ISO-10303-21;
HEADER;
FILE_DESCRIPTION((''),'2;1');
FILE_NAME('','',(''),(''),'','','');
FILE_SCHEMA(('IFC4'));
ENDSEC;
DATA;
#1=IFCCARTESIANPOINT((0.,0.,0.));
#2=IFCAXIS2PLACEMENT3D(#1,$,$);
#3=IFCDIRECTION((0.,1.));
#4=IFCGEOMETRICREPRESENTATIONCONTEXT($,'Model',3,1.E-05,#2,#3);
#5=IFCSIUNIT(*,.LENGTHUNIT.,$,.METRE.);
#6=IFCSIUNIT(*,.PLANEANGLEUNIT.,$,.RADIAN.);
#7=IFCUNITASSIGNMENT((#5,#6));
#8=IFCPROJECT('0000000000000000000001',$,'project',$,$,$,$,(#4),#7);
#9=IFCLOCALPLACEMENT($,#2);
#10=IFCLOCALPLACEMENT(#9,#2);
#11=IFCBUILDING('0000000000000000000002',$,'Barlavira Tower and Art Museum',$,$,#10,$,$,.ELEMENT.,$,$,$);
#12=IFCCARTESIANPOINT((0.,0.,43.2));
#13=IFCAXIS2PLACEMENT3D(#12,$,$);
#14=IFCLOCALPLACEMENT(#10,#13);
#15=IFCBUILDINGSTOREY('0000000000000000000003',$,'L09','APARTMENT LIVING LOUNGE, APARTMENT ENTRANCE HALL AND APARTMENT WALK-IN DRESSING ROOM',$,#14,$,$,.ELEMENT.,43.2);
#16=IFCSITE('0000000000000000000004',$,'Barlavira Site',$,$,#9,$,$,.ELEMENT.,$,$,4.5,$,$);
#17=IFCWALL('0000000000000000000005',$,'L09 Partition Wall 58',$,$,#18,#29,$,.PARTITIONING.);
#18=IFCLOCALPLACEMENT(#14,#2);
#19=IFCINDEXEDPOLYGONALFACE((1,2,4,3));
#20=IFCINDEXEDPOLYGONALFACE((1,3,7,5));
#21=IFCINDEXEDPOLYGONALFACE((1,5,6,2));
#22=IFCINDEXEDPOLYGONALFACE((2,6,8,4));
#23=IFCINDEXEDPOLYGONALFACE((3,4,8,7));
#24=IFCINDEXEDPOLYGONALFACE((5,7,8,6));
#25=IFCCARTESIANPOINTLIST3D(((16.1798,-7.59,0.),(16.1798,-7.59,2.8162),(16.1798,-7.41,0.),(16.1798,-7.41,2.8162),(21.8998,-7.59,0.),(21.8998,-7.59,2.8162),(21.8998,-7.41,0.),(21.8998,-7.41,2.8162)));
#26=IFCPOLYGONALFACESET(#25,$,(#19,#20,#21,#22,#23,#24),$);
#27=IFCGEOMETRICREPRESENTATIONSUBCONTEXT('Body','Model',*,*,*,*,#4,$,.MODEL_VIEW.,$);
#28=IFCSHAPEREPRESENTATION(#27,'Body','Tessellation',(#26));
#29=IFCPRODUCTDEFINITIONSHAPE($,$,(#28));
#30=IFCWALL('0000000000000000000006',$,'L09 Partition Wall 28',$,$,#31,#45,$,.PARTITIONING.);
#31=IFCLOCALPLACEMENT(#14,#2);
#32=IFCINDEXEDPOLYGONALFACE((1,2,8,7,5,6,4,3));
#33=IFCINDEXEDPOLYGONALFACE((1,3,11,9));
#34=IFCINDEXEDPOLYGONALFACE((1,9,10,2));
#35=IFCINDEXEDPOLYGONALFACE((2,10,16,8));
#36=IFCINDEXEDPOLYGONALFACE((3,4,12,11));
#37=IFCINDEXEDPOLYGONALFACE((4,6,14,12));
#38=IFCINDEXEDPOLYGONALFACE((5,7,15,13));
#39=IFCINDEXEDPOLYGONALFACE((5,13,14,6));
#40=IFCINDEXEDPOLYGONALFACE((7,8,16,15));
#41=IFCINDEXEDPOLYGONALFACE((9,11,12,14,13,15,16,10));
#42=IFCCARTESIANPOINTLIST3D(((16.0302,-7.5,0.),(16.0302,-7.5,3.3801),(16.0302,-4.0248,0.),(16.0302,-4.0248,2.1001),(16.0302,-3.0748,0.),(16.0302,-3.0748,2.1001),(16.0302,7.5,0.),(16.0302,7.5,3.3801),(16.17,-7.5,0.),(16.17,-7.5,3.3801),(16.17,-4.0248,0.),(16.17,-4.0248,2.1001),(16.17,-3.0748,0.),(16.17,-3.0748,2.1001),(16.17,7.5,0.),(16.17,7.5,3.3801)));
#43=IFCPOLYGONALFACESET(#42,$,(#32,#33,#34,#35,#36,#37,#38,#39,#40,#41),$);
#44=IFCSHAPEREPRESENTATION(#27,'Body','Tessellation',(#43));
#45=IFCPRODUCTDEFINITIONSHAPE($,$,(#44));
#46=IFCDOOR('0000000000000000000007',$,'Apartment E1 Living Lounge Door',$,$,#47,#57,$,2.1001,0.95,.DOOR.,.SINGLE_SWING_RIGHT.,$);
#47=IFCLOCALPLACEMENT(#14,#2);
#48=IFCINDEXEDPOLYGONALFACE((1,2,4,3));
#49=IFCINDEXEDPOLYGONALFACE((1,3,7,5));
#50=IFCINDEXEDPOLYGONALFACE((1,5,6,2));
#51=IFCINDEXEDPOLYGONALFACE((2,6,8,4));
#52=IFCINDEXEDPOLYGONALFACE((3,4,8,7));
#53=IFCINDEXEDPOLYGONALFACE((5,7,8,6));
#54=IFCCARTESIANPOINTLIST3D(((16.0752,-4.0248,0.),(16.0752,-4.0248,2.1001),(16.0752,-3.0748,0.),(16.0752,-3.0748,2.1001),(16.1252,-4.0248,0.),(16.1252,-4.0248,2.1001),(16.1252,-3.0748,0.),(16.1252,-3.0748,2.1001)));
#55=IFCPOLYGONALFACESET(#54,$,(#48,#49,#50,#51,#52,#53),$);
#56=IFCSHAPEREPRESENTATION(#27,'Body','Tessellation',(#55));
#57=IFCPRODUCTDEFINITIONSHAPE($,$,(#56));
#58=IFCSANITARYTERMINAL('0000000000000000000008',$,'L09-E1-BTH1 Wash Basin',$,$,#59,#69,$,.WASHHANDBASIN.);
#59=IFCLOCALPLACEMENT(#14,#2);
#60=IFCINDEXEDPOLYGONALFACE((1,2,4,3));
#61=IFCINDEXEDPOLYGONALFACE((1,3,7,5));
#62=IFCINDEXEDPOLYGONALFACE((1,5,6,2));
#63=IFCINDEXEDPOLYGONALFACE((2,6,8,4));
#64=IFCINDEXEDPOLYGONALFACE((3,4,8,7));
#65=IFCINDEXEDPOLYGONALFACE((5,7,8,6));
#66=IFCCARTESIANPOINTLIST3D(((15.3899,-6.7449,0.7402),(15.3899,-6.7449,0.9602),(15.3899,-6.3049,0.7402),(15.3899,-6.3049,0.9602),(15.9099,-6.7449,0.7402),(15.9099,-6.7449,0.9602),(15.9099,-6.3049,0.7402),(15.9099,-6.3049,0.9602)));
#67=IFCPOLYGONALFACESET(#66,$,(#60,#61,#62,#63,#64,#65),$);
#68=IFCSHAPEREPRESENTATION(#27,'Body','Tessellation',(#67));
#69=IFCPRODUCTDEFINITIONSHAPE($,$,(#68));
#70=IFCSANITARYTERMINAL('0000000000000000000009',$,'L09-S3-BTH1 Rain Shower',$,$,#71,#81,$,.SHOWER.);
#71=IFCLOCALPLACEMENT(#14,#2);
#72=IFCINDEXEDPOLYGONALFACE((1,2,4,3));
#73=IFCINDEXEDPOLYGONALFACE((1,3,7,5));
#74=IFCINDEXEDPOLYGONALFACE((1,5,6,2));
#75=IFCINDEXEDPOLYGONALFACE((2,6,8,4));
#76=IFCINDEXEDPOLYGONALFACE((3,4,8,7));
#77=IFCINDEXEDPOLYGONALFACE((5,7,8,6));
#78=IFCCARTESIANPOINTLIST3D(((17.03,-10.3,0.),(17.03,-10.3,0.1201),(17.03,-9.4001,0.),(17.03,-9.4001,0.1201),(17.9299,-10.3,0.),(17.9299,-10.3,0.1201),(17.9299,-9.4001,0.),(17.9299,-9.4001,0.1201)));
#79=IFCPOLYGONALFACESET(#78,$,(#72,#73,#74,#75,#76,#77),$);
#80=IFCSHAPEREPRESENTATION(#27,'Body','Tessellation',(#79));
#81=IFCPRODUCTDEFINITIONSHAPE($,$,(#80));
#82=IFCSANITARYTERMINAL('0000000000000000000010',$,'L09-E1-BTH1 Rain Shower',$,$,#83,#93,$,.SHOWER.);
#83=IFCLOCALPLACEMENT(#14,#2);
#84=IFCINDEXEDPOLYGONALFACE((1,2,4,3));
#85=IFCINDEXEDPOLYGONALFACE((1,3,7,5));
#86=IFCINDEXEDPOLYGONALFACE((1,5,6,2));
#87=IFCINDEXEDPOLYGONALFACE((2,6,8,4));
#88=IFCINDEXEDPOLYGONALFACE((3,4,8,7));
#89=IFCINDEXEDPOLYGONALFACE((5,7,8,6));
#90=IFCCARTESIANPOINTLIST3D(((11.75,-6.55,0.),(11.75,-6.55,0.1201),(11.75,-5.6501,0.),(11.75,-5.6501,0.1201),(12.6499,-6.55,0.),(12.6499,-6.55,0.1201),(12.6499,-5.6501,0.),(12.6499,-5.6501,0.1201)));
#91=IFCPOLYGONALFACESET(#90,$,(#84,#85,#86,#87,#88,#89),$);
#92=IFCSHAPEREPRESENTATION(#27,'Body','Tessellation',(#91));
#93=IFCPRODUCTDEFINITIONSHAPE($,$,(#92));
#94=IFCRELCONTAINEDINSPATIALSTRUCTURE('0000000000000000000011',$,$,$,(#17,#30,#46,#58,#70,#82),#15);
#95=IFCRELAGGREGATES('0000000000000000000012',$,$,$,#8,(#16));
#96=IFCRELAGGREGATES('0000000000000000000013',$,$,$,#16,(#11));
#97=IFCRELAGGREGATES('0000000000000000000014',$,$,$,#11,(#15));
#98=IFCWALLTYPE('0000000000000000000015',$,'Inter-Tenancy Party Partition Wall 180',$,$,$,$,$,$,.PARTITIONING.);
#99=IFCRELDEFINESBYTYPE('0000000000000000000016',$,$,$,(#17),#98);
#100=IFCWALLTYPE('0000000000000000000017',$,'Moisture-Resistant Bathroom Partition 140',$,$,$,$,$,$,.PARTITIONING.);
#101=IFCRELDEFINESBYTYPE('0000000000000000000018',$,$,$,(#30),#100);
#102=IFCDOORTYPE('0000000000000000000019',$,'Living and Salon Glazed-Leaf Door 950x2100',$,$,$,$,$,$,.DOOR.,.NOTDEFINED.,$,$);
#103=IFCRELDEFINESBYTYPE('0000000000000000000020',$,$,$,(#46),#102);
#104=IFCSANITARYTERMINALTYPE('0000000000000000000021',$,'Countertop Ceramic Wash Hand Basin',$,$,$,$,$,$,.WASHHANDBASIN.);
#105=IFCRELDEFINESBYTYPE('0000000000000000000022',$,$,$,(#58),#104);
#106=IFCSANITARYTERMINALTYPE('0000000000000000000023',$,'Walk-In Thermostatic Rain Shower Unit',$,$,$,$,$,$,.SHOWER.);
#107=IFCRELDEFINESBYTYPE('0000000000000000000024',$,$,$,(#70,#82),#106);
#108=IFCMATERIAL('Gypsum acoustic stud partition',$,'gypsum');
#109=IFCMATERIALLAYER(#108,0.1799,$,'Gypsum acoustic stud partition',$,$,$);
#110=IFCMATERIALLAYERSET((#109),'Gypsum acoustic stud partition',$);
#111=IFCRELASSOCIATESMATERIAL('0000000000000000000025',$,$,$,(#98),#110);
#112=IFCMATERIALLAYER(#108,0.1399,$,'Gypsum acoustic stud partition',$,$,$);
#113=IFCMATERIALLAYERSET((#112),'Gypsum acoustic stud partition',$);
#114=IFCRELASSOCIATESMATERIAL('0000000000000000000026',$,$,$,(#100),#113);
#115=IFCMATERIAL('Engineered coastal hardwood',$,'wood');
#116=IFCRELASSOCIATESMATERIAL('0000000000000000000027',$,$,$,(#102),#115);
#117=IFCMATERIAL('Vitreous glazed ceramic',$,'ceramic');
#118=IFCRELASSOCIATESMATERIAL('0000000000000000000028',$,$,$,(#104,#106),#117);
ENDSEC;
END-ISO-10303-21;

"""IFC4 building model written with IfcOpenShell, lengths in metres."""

from ifc_helpers import new_model, si_unit, direction, frame, frame_2d, origin, origin_2d, place, context, subcontext, project, spatial, rectangle, extrude, material, layer, layer_set, type_object, element, fill, save


model = new_model("IFC4")

# Units and contexts
model_context = context("Model", 3, precision=1e-05, world=origin(), true_north=direction((0.0, 1.0)))
body_context = subcontext(model_context, "Body", "Model", "MODEL_VIEW")
ifc_project = project(units=[si_unit("LENGTHUNIT", "METRE"), si_unit("PLANEANGLEUNIT", "RADIAN")], contexts=[model_context])

# Site, building, storey
site_placement = place(None, origin())
site = spatial("IfcSite", under=ifc_project, at=site_placement, Name="Barlavira Site", CompositionType="ELEMENT", RefElevation=4.5)
building_placement = place(site_placement, origin())
building = spatial("IfcBuilding", under=site, at=building_placement, Name="Barlavira Tower and Art Museum", CompositionType="ELEMENT")
storey_placement = place(building_placement, frame((0.0, 0.0, 43.2)))
storey = spatial("IfcBuildingStorey", under=building, at=storey_placement, Name="L09", Description="APARTMENT LIVING LOUNGE, APARTMENT ENTRANCE HALL AND APARTMENT WALK-IN DRESSING ROOM", CompositionType="ELEMENT", Elevation=43.2)

# Shared definitions
ifc_material_1 = material(Name="Gypsum acoustic stud partition", Category="gypsum")
ifc_layer_1 = layer(ifc_material_1, 0.1799, Name="Gypsum acoustic stud partition")
ifc_layer_set_1 = layer_set([ifc_layer_1], Name="Gypsum acoustic stud partition")
wall_type_1 = type_object("IfcWallType", Name="Inter-Tenancy Party Partition Wall 180", PredefinedType="PARTITIONING", material=ifc_layer_set_1)

# Wall
wall_1_placement = place(storey_placement, frame((16.1799, -7.5, 0.0), z_axis=(0.0, 0.0, 1.0), x_axis=(1.0, 0.0, 0.0)))
element("IfcWall", 1, at=wall_1_placement, inside=storey, type_object=wall_type_1, Name="L09 Partition Wall 58", PredefinedType="PARTITIONING", context=body_context, shape_type="SweptSolid", body=[
    extrude(rectangle(XDim=5.72, YDim=0.1799, at=frame_2d((2.8599, 0.0))), origin(), (0.0, 0.0, 1.0), 2.8162),
])

# Wall, opening, door
ifc_layer_2 = layer(ifc_material_1, 0.1399, Name="Gypsum acoustic stud partition")
ifc_layer_set_2 = layer_set([ifc_layer_2], Name="Gypsum acoustic stud partition")
wall_type_2 = type_object("IfcWallType", Name="Moisture-Resistant Bathroom Partition 140", PredefinedType="PARTITIONING", material=ifc_layer_set_2)
wall_2_placement = place(storey_placement, frame((16.1001, -7.5, 0.0), z_axis=(0.0, 0.0, 1.0), x_axis=(0.0, 1.0, 0.0)))
wall_2 = element("IfcWall", 2, at=wall_2_placement, inside=storey, type_object=wall_type_2, Name="L09 Partition Wall 28", PredefinedType="PARTITIONING", context=body_context, shape_type="SweptSolid", body=[
    extrude(rectangle(XDim=15.0, YDim=0.1399, at=frame_2d((7.5, 0.0))), origin(), (0.0, 0.0, 1.0), 3.3801),
])
opening_1_placement = place(wall_2_placement, frame((3.4751, 0.0, 0.0)))
opening_1 = element("IfcOpeningElement", 3, at=opening_1_placement, cuts=wall_2, PredefinedType="OPENING", context=body_context, shape_type="SweptSolid", body=[
    extrude(rectangle(XDim=0.95, YDim=2.1001, at=frame_2d((0.4751, 1.05))), frame((0.0, 0.0801, 0.0), z_axis=(0.0, -1.0, 0.0), x_axis=(1.0, 0.0, 0.0)), (0.0, 0.0, 1.0), 0.1599),
])
ifc_material_2 = material(Name="Engineered coastal hardwood", Category="wood")
door_type_1 = type_object("IfcDoorType", Name="Living and Salon Glazed-Leaf Door 950x2100", OperationType="NOTDEFINED", PredefinedType="DOOR", material=ifc_material_2)
door_1_placement = place(opening_1_placement, origin())
door_1 = element("IfcDoor", 4, at=door_1_placement, inside=storey, type_object=door_type_1, Name="Apartment E1 Living Lounge Door", OperationType="SINGLE_SWING_RIGHT", OverallHeight=2.1001, OverallWidth=0.95, PredefinedType="DOOR", context=body_context, shape_type="SweptSolid", body=[
    extrude(rectangle(XDim=0.95, YDim=2.1001, at=frame_2d((0.4751, 1.05))), frame((0.0, 0.0249, 0.0), z_axis=(0.0, -1.0, 0.0), x_axis=(1.0, 0.0, 0.0)), (0.0, 0.0, 1.0), 0.05),
])
fill(opening_1, door_1)

# Sanitary terminals
ifc_material_3 = material(Name="Vitreous glazed ceramic", Category="ceramic")
sanitary_terminal_type_1 = type_object("IfcSanitaryTerminalType", Name="Countertop Ceramic Wash Hand Basin", PredefinedType="WASHHANDBASIN", material=ifc_material_3)
sanitary_terminal_placement = place(storey_placement, frame((15.6499, -6.5249, 0.7402), z_axis=(0.0, 0.0, 1.0), x_axis=(1.0, 0.0, 0.0)))
element("IfcSanitaryTerminal", 5, at=sanitary_terminal_placement, inside=storey, type_object=sanitary_terminal_type_1, Name="L09-E1-BTH1 Wash Basin", PredefinedType="WASHHANDBASIN", context=body_context, shape_type="SweptSolid", body=[
    extrude(rectangle(XDim=0.52, YDim=0.4399, at=origin_2d()), origin(), (0.0, 0.0, 1.0), 0.22),
])
sanitary_terminal_type_2 = type_object("IfcSanitaryTerminalType", Name="Walk-In Thermostatic Rain Shower Unit", PredefinedType="SHOWER", material=ifc_material_3)
for number, where, z_axis, x_axis, name in (
    (6, (17.48, -9.8501, 0.0), (0.0, 0.0, 1.0), (1.0, 0.0, 0.0), "L09-S3-BTH1 Rain Shower"),
    (7, (12.2, -6.1001, 0.0), (0.0, 0.0, 1.0), (1.0, 0.0, 0.0), "L09-E1-BTH1 Rain Shower"),
):
    element("IfcSanitaryTerminal", number, at=place(storey_placement, frame(where, z_axis=z_axis, x_axis=x_axis)), inside=storey, type_object=sanitary_terminal_type_2, Name=name, PredefinedType="SHOWER", context=body_context, shape_type="SweptSolid", body=[
        extrude(rectangle(XDim=0.8999, YDim=0.8999, at=origin_2d()), origin(), (0.0, 0.0, 1.0), 0.1201),
    ])

save(model, "model.ifc")
